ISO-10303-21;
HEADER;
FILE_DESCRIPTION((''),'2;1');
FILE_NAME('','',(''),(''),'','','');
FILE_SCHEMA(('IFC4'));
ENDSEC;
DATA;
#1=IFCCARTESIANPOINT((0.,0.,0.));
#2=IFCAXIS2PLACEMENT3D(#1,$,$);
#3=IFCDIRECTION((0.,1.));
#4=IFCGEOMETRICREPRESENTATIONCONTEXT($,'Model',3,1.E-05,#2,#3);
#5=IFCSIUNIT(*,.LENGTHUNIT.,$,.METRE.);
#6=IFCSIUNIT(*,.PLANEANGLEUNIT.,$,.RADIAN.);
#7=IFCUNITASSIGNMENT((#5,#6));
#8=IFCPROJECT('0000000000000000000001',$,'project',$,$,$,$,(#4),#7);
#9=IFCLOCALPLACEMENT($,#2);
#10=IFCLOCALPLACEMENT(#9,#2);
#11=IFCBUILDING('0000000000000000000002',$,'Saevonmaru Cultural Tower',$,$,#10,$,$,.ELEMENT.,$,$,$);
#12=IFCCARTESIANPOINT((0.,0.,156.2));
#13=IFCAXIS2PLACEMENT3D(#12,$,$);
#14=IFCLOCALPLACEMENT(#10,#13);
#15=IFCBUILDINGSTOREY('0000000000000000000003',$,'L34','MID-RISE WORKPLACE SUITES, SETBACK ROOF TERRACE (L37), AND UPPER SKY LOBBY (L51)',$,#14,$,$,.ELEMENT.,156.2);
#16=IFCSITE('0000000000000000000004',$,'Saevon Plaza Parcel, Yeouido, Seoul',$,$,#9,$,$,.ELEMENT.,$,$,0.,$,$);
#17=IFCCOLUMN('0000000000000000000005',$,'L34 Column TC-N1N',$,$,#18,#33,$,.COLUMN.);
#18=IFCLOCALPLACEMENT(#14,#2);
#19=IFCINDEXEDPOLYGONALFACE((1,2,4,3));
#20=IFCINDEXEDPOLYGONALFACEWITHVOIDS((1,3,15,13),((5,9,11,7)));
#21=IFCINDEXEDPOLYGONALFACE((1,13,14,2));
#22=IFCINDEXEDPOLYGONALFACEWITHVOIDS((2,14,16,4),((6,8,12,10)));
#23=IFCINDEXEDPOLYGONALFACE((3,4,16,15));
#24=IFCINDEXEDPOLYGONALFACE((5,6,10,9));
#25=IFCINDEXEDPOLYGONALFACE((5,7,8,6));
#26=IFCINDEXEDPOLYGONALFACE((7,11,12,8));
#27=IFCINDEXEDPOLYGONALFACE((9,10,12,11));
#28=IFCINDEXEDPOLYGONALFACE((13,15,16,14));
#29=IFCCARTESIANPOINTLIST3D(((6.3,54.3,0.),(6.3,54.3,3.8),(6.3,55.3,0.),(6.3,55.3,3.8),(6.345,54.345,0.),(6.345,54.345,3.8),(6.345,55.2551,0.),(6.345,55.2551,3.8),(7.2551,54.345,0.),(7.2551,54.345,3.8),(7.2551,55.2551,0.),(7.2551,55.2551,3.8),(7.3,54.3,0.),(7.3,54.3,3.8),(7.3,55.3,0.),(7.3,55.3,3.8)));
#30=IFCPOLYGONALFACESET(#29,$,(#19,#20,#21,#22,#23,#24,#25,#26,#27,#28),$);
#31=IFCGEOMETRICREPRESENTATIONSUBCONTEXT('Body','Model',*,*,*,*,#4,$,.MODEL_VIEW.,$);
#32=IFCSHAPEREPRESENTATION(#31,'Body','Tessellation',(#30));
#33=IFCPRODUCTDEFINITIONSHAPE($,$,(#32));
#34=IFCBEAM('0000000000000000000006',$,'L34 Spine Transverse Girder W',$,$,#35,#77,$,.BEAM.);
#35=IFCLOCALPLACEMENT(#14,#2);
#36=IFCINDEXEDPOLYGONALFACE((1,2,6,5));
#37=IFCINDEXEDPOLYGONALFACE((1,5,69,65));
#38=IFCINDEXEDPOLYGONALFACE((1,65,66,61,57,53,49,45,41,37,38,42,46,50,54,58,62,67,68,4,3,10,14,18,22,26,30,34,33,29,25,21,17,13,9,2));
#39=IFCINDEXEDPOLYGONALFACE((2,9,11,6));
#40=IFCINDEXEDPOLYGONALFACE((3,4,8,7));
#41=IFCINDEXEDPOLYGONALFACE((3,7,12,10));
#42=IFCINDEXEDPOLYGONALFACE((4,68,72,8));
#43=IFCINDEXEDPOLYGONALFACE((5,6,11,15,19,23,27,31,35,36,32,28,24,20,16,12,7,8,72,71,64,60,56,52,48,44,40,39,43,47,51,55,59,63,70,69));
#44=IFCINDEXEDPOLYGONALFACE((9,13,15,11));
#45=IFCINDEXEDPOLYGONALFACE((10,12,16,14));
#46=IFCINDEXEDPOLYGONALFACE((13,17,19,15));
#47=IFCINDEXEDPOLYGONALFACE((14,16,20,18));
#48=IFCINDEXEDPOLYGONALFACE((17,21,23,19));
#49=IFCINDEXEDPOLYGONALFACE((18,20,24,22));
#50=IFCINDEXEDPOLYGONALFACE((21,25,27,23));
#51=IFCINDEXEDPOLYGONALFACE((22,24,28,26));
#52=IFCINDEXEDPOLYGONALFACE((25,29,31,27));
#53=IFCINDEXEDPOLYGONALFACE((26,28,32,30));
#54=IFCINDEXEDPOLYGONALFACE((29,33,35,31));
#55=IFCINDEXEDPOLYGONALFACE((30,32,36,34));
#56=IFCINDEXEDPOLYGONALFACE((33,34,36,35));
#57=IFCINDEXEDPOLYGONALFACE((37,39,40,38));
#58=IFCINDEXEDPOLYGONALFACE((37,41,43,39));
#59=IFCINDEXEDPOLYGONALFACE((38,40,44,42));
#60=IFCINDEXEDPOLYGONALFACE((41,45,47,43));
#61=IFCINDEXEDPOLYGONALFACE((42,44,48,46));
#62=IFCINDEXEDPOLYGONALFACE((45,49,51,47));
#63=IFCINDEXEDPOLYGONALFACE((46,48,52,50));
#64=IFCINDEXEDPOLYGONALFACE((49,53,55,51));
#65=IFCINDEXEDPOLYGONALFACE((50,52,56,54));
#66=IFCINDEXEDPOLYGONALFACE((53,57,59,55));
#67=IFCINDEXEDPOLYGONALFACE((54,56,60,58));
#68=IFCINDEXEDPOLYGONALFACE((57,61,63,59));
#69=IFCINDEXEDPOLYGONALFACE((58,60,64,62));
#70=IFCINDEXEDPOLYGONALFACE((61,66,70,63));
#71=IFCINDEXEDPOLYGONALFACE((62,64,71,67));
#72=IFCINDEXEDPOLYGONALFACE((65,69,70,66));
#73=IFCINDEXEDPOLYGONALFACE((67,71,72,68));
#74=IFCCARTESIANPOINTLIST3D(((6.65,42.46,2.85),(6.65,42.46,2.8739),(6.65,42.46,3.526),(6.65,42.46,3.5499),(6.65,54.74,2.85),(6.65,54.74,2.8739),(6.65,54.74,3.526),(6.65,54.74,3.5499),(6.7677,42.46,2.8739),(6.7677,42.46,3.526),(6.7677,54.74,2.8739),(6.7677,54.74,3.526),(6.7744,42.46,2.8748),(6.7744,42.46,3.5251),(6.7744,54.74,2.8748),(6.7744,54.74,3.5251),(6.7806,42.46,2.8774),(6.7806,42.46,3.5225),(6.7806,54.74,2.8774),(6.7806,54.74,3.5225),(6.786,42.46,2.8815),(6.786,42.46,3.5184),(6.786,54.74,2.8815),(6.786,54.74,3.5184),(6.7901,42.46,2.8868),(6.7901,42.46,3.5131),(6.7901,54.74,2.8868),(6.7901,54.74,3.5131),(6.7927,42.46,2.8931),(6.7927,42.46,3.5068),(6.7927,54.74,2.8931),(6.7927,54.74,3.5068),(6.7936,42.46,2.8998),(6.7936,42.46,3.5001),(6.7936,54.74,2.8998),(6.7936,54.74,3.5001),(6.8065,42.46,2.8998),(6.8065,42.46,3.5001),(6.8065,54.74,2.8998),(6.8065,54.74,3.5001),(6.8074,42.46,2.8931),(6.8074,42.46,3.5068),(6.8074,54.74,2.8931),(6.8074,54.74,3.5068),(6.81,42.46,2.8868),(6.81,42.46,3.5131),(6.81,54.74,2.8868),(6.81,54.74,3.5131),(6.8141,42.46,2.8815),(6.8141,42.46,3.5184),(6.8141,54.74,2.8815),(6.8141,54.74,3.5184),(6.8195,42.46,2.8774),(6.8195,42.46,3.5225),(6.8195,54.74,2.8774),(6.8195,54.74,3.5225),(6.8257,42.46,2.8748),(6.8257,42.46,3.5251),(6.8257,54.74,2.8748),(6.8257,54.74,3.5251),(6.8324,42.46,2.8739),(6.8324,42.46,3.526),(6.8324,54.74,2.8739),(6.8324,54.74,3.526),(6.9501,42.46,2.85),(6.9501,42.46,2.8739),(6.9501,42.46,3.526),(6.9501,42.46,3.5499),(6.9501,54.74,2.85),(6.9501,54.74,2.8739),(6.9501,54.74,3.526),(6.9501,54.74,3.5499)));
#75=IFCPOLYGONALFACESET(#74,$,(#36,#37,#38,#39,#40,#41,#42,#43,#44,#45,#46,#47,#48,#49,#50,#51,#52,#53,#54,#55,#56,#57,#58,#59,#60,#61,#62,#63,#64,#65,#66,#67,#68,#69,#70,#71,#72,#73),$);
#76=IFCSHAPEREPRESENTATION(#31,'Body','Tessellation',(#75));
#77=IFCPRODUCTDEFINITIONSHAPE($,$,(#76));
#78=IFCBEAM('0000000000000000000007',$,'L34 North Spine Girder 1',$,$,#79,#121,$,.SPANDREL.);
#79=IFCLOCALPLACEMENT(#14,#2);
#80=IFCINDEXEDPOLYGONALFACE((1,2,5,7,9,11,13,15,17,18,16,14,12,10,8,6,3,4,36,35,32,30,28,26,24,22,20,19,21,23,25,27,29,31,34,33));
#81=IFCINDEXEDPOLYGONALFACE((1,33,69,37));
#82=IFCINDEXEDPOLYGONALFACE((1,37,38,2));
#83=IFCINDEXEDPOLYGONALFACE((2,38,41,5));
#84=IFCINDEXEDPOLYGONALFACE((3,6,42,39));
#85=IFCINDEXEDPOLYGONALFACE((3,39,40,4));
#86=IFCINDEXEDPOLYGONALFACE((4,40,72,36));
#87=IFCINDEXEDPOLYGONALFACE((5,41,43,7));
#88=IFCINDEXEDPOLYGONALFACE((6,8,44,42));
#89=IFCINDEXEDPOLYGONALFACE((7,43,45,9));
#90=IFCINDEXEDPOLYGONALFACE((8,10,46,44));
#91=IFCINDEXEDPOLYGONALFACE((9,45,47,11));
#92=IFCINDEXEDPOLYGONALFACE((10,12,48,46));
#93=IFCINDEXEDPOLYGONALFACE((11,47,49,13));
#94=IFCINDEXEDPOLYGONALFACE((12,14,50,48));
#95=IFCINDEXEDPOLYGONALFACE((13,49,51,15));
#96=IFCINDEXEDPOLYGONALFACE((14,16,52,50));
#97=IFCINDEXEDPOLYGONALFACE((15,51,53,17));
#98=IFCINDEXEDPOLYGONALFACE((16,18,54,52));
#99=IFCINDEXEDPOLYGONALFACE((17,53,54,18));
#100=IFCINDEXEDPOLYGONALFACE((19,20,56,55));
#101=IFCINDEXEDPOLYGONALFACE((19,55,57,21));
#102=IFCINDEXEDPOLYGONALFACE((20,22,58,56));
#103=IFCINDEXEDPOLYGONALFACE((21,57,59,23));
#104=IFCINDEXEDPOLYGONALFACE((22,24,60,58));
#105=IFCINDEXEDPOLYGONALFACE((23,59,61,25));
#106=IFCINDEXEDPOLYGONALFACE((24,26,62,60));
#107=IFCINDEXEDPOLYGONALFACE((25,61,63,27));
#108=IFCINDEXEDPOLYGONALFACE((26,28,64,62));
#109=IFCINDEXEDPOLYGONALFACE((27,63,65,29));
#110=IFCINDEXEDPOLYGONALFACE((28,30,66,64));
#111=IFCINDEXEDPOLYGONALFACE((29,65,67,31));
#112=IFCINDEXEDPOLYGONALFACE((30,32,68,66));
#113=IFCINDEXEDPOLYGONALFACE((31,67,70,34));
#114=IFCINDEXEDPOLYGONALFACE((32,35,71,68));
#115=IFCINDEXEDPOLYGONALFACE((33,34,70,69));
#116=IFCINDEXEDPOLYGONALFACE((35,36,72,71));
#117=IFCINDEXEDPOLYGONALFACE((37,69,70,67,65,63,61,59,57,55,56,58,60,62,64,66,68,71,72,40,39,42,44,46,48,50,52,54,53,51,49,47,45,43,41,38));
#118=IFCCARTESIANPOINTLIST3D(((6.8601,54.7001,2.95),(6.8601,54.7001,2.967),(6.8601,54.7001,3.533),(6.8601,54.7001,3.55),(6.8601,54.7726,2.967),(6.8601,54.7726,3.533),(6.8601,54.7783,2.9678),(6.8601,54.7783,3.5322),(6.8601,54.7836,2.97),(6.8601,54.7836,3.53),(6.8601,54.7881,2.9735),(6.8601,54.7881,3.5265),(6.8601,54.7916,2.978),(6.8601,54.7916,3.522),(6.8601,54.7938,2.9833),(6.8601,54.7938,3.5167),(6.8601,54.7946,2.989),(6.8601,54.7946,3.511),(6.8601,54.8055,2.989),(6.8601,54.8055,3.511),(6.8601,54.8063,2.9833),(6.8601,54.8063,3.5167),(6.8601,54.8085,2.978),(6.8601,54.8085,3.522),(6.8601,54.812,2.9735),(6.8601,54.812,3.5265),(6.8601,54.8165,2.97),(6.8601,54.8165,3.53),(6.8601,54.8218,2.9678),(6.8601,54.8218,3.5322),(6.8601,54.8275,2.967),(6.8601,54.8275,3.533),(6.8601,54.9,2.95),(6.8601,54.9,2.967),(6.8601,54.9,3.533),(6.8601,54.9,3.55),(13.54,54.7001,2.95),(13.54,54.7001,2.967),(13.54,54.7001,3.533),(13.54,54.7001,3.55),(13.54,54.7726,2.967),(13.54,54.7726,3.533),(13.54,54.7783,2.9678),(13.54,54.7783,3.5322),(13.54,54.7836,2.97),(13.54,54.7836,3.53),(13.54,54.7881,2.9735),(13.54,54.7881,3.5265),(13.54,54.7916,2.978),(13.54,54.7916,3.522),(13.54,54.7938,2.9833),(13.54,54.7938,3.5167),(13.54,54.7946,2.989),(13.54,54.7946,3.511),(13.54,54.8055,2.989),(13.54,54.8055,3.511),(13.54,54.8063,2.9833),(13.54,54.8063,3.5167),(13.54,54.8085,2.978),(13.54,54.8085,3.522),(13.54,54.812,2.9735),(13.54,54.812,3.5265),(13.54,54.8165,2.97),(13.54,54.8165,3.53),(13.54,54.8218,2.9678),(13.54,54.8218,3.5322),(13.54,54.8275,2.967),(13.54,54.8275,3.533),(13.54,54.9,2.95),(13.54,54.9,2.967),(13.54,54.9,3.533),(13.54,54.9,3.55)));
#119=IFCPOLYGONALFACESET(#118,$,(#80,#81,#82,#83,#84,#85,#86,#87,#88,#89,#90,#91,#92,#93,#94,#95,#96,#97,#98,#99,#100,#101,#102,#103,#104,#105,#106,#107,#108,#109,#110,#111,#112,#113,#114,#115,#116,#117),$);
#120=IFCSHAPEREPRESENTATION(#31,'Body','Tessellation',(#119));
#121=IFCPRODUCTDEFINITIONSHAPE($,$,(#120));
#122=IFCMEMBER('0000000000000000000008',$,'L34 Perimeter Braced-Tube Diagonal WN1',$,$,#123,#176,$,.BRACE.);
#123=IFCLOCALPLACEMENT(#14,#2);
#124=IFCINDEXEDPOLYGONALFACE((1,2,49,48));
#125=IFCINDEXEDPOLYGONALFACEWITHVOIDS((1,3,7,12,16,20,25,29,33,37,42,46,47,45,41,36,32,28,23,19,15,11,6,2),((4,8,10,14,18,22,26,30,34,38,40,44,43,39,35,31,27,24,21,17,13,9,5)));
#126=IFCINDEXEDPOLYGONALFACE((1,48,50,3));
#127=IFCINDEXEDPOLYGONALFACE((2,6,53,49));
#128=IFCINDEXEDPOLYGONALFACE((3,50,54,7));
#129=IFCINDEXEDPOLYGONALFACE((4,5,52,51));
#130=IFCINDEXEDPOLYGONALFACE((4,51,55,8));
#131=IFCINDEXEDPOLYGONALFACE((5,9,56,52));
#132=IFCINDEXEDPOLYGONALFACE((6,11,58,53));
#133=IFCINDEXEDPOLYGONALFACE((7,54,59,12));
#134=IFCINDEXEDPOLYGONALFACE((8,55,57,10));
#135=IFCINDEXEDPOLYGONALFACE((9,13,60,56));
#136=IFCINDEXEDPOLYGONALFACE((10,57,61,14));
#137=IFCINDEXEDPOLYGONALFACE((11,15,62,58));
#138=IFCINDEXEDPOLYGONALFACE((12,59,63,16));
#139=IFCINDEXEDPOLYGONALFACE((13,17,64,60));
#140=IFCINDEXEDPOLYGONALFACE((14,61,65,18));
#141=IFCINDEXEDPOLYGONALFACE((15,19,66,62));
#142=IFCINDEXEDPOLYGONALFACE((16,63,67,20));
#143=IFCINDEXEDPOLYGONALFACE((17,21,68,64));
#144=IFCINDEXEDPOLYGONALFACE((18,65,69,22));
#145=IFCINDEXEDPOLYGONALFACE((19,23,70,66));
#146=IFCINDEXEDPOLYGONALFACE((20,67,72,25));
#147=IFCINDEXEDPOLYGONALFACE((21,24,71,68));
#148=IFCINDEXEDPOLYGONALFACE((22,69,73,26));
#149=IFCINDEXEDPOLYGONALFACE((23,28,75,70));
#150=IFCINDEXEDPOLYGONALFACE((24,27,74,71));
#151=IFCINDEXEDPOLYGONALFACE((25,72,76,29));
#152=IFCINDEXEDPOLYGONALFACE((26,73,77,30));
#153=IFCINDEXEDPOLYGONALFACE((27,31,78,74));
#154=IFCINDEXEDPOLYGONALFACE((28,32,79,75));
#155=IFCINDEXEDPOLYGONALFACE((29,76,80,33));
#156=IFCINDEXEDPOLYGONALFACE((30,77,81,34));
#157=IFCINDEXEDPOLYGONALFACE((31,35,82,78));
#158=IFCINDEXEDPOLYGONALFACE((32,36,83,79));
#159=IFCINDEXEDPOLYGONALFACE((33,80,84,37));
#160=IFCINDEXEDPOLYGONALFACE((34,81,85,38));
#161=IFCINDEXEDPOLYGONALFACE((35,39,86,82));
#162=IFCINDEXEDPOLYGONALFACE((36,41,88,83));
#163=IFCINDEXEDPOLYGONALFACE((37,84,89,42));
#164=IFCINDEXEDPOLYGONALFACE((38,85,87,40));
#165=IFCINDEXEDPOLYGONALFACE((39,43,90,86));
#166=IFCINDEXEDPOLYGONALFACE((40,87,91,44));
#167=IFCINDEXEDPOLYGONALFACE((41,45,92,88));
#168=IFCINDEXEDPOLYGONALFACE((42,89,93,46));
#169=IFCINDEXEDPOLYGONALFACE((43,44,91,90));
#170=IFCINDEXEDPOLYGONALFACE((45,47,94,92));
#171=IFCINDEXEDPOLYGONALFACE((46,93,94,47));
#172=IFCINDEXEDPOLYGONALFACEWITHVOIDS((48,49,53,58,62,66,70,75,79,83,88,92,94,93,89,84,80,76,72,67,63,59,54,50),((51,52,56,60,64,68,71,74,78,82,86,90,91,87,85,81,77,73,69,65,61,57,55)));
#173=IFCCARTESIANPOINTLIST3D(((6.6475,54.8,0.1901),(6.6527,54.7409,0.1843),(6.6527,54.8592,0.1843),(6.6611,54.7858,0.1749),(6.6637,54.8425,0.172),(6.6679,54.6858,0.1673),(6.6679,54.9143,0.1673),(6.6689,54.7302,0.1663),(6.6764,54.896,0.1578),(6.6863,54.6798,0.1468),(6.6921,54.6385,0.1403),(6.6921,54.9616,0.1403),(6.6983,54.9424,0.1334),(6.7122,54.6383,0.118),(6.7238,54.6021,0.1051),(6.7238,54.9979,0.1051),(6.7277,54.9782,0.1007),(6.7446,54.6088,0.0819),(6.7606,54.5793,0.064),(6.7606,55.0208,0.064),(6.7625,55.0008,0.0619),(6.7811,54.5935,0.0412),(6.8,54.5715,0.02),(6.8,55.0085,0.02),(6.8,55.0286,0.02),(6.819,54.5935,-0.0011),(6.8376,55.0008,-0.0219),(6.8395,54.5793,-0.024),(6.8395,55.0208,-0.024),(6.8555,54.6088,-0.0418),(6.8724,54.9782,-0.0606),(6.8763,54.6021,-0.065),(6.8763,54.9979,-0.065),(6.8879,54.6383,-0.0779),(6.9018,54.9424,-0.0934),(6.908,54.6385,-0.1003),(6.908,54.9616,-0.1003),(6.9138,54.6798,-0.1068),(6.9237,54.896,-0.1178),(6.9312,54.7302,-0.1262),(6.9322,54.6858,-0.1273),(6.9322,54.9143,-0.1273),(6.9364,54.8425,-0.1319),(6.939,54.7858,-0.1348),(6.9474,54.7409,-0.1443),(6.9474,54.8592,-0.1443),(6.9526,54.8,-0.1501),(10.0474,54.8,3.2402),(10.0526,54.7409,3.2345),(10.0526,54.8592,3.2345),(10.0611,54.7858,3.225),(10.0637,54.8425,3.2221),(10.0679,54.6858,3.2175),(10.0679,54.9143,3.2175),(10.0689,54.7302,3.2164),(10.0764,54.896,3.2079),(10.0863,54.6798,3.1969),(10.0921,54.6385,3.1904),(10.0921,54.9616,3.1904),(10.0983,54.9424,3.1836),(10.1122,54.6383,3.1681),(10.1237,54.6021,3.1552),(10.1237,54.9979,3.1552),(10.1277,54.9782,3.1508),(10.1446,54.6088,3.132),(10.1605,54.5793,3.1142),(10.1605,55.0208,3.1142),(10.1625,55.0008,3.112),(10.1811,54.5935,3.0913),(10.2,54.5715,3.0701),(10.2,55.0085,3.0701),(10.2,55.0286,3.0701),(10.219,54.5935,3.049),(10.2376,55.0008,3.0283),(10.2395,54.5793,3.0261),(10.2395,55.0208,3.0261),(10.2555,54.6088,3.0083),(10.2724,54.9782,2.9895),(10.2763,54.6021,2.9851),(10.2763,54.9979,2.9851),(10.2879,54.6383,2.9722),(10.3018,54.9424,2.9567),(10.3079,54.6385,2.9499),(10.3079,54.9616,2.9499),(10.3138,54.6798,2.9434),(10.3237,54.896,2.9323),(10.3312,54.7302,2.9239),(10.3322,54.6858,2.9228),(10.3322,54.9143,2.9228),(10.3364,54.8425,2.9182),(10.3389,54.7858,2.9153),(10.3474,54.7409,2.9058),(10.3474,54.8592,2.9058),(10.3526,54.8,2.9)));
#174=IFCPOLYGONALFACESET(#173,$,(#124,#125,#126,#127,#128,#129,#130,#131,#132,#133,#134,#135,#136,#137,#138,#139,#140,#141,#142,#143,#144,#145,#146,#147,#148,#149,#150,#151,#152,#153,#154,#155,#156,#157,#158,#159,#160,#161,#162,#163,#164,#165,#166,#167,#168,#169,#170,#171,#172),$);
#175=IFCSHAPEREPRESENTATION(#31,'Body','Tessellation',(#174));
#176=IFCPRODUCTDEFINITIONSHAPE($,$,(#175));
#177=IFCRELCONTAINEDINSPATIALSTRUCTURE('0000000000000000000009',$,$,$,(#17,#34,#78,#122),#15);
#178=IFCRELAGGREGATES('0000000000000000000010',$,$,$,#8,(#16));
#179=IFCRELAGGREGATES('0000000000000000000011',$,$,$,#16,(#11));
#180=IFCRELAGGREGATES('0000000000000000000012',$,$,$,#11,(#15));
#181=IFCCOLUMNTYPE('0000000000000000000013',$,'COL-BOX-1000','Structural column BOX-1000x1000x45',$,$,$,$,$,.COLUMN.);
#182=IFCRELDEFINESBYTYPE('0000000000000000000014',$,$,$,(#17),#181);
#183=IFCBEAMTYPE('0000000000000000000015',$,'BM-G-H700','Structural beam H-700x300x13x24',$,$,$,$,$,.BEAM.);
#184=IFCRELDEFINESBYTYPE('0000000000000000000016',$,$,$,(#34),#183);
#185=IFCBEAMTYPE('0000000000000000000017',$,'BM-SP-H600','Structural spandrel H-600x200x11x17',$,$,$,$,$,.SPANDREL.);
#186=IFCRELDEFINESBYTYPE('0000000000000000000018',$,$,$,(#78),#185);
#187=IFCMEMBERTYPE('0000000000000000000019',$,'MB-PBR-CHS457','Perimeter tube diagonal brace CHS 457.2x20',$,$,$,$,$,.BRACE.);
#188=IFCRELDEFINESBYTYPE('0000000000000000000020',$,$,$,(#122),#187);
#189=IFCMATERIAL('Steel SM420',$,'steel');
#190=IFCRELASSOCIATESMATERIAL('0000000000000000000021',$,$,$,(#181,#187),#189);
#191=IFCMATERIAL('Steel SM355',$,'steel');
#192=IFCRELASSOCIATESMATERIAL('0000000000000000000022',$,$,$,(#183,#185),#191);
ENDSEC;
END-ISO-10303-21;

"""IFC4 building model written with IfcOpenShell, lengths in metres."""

from ifc_helpers import new_model, si_unit, direction, frame, origin, origin_2d, place, context, subcontext, project, spatial, hollow_rectangle, hollow_circle, i_section, extrude, material, material_profile, profile_set, type_object, element, save


model = new_model("IFC4")

# Units and contexts
model_context = context("Model", 3, precision=1e-05, world=origin(), true_north=direction((0.0, 1.0)))
body_context = subcontext(model_context, "Body", "Model", "MODEL_VIEW")
ifc_project = project(units=[si_unit("LENGTHUNIT", "METRE"), si_unit("PLANEANGLEUNIT", "RADIAN")], contexts=[model_context])

# Site, building, storey
site_placement = place(None, origin())
site = spatial("IfcSite", under=ifc_project, at=site_placement, Name="Saevon Plaza Parcel, Yeouido, Seoul", CompositionType="ELEMENT", RefElevation=0.0)
building_placement = place(site_placement, origin())
building = spatial("IfcBuilding", under=site, at=building_placement, Name="Saevonmaru Cultural Tower", CompositionType="ELEMENT")
storey_placement = place(building_placement, frame((0.0, 0.0, 156.2)))
storey = spatial("IfcBuildingStorey", under=building, at=storey_placement, Name="L34", Description="MID-RISE WORKPLACE SUITES, SETBACK ROOF TERRACE (L37), AND UPPER SKY LOBBY (L51)", CompositionType="ELEMENT", Elevation=156.2)

# Column
ifc_material_1 = material(Name="Steel SM420", Category="steel")
ifc_material_profile_1 = material_profile(ifc_material_1, hollow_rectangle(XDim=1.0, YDim=1.0, WallThickness=0.0449, at=origin_2d()), Name="BOX-1000x1000x45")
ifc_profile_set_1 = profile_set([ifc_material_profile_1], Name="Steel SM420")
column_type = type_object("IfcColumnType", Name="COL-BOX-1000", Description="Structural column BOX-1000x1000x45", PredefinedType="COLUMN", material=ifc_profile_set_1)
column_placement = place(storey_placement, frame((6.8, 54.8, 0.0), z_axis=(0.0, 0.0, 1.0), x_axis=(1.0, 0.0, 0.0)))
element("IfcColumn", 1, at=column_placement, inside=storey, type_object=column_type, Name="L34 Column TC-N1N", PredefinedType="COLUMN", context=body_context, shape_type="SweptSolid", body=[
    extrude(hollow_rectangle(XDim=1.0, YDim=1.0, WallThickness=0.0449, at=origin_2d()), origin(), (0.0, 0.0, 1.0), 3.8),
])

# Beams
ifc_material_2 = material(Name="Steel SM355", Category="steel")
ifc_material_profile_2 = material_profile(ifc_material_2, i_section(OverallWidth=0.3, OverallDepth=0.7, WebThickness=0.0129, FlangeThickness=0.0239, FilletRadius=0.0259, at=origin_2d()), Name="H-700x300x13x24")
ifc_profile_set_2 = profile_set([ifc_material_profile_2], Name="Steel SM355")
beam_type_1 = type_object("IfcBeamType", Name="BM-G-H700", Description="Structural beam H-700x300x13x24", PredefinedType="BEAM", material=ifc_profile_set_2)
beam_1_placement = place(storey_placement, frame((6.8, 54.74, 3.2), z_axis=(0.0, -1.0, 0.0), x_axis=(1.0, 0.0, 0.0)))
element("IfcBeam", 2, at=beam_1_placement, inside=storey, type_object=beam_type_1, Name="L34 Spine Transverse Girder W", PredefinedType="BEAM", context=body_context, shape_type="SweptSolid", body=[
    extrude(i_section(OverallWidth=0.3, OverallDepth=0.7, WebThickness=0.0129, FlangeThickness=0.0239, FilletRadius=0.0259, at=origin_2d()), origin(), (0.0, 0.0, 1.0), 12.28),
])
ifc_material_profile_3 = material_profile(ifc_material_2, i_section(OverallWidth=0.2, OverallDepth=0.6001, WebThickness=0.011, FlangeThickness=0.0171, FilletRadius=0.022, at=origin_2d()), Name="H-600x200x11x17")
ifc_profile_set_3 = profile_set([ifc_material_profile_3], Name="Steel SM355")
beam_type_2 = type_object("IfcBeamType", Name="BM-SP-H600", Description="Structural spandrel H-600x200x11x17", PredefinedType="SPANDREL", material=ifc_profile_set_3)
beam_2_placement = place(storey_placement, frame((6.8601, 54.8, 3.25), z_axis=(1.0, 0.0, 0.0), x_axis=(0.0, 1.0, 0.0)))
element("IfcBeam", 3, at=beam_2_placement, inside=storey, type_object=beam_type_2, Name="L34 North Spine Girder 1", PredefinedType="SPANDREL", context=body_context, shape_type="SweptSolid", body=[
    extrude(i_section(OverallWidth=0.2, OverallDepth=0.6001, WebThickness=0.011, FlangeThickness=0.0171, FilletRadius=0.022, at=origin_2d()), origin(), (0.0, 0.0, 1.0), 6.6799),
])

# Member
ifc_material_profile_4 = material_profile(ifc_material_1, hollow_circle(Radius=0.2285, WallThickness=0.02, at=origin_2d()), Name="CHS-457.2x20")
ifc_profile_set_4 = profile_set([ifc_material_profile_4], Name="Steel SM420")
member_type_1 = type_object("IfcMemberType", Name="MB-PBR-CHS457", Description="Perimeter tube diagonal brace CHS 457.2x20", PredefinedType="BRACE", material=ifc_profile_set_4)
member_1_placement = place(storey_placement, frame((6.8, 54.8, 0.02), z_axis=(0.744367, 0.0, 0.667771), x_axis=(0.0, 1.0, 0.0)))
element("IfcMember", 4, at=member_1_placement, inside=storey, type_object=member_type_1, Name="L34 Perimeter Braced-Tube Diagonal WN1", PredefinedType="BRACE", context=body_context, shape_type="SweptSolid", body=[
    extrude(hollow_circle(Radius=0.2285, WallThickness=0.02, at=origin_2d()), origin(), (0.0, 0.0, 1.0), 4.5676),
])

save(model, "model.ifc")
